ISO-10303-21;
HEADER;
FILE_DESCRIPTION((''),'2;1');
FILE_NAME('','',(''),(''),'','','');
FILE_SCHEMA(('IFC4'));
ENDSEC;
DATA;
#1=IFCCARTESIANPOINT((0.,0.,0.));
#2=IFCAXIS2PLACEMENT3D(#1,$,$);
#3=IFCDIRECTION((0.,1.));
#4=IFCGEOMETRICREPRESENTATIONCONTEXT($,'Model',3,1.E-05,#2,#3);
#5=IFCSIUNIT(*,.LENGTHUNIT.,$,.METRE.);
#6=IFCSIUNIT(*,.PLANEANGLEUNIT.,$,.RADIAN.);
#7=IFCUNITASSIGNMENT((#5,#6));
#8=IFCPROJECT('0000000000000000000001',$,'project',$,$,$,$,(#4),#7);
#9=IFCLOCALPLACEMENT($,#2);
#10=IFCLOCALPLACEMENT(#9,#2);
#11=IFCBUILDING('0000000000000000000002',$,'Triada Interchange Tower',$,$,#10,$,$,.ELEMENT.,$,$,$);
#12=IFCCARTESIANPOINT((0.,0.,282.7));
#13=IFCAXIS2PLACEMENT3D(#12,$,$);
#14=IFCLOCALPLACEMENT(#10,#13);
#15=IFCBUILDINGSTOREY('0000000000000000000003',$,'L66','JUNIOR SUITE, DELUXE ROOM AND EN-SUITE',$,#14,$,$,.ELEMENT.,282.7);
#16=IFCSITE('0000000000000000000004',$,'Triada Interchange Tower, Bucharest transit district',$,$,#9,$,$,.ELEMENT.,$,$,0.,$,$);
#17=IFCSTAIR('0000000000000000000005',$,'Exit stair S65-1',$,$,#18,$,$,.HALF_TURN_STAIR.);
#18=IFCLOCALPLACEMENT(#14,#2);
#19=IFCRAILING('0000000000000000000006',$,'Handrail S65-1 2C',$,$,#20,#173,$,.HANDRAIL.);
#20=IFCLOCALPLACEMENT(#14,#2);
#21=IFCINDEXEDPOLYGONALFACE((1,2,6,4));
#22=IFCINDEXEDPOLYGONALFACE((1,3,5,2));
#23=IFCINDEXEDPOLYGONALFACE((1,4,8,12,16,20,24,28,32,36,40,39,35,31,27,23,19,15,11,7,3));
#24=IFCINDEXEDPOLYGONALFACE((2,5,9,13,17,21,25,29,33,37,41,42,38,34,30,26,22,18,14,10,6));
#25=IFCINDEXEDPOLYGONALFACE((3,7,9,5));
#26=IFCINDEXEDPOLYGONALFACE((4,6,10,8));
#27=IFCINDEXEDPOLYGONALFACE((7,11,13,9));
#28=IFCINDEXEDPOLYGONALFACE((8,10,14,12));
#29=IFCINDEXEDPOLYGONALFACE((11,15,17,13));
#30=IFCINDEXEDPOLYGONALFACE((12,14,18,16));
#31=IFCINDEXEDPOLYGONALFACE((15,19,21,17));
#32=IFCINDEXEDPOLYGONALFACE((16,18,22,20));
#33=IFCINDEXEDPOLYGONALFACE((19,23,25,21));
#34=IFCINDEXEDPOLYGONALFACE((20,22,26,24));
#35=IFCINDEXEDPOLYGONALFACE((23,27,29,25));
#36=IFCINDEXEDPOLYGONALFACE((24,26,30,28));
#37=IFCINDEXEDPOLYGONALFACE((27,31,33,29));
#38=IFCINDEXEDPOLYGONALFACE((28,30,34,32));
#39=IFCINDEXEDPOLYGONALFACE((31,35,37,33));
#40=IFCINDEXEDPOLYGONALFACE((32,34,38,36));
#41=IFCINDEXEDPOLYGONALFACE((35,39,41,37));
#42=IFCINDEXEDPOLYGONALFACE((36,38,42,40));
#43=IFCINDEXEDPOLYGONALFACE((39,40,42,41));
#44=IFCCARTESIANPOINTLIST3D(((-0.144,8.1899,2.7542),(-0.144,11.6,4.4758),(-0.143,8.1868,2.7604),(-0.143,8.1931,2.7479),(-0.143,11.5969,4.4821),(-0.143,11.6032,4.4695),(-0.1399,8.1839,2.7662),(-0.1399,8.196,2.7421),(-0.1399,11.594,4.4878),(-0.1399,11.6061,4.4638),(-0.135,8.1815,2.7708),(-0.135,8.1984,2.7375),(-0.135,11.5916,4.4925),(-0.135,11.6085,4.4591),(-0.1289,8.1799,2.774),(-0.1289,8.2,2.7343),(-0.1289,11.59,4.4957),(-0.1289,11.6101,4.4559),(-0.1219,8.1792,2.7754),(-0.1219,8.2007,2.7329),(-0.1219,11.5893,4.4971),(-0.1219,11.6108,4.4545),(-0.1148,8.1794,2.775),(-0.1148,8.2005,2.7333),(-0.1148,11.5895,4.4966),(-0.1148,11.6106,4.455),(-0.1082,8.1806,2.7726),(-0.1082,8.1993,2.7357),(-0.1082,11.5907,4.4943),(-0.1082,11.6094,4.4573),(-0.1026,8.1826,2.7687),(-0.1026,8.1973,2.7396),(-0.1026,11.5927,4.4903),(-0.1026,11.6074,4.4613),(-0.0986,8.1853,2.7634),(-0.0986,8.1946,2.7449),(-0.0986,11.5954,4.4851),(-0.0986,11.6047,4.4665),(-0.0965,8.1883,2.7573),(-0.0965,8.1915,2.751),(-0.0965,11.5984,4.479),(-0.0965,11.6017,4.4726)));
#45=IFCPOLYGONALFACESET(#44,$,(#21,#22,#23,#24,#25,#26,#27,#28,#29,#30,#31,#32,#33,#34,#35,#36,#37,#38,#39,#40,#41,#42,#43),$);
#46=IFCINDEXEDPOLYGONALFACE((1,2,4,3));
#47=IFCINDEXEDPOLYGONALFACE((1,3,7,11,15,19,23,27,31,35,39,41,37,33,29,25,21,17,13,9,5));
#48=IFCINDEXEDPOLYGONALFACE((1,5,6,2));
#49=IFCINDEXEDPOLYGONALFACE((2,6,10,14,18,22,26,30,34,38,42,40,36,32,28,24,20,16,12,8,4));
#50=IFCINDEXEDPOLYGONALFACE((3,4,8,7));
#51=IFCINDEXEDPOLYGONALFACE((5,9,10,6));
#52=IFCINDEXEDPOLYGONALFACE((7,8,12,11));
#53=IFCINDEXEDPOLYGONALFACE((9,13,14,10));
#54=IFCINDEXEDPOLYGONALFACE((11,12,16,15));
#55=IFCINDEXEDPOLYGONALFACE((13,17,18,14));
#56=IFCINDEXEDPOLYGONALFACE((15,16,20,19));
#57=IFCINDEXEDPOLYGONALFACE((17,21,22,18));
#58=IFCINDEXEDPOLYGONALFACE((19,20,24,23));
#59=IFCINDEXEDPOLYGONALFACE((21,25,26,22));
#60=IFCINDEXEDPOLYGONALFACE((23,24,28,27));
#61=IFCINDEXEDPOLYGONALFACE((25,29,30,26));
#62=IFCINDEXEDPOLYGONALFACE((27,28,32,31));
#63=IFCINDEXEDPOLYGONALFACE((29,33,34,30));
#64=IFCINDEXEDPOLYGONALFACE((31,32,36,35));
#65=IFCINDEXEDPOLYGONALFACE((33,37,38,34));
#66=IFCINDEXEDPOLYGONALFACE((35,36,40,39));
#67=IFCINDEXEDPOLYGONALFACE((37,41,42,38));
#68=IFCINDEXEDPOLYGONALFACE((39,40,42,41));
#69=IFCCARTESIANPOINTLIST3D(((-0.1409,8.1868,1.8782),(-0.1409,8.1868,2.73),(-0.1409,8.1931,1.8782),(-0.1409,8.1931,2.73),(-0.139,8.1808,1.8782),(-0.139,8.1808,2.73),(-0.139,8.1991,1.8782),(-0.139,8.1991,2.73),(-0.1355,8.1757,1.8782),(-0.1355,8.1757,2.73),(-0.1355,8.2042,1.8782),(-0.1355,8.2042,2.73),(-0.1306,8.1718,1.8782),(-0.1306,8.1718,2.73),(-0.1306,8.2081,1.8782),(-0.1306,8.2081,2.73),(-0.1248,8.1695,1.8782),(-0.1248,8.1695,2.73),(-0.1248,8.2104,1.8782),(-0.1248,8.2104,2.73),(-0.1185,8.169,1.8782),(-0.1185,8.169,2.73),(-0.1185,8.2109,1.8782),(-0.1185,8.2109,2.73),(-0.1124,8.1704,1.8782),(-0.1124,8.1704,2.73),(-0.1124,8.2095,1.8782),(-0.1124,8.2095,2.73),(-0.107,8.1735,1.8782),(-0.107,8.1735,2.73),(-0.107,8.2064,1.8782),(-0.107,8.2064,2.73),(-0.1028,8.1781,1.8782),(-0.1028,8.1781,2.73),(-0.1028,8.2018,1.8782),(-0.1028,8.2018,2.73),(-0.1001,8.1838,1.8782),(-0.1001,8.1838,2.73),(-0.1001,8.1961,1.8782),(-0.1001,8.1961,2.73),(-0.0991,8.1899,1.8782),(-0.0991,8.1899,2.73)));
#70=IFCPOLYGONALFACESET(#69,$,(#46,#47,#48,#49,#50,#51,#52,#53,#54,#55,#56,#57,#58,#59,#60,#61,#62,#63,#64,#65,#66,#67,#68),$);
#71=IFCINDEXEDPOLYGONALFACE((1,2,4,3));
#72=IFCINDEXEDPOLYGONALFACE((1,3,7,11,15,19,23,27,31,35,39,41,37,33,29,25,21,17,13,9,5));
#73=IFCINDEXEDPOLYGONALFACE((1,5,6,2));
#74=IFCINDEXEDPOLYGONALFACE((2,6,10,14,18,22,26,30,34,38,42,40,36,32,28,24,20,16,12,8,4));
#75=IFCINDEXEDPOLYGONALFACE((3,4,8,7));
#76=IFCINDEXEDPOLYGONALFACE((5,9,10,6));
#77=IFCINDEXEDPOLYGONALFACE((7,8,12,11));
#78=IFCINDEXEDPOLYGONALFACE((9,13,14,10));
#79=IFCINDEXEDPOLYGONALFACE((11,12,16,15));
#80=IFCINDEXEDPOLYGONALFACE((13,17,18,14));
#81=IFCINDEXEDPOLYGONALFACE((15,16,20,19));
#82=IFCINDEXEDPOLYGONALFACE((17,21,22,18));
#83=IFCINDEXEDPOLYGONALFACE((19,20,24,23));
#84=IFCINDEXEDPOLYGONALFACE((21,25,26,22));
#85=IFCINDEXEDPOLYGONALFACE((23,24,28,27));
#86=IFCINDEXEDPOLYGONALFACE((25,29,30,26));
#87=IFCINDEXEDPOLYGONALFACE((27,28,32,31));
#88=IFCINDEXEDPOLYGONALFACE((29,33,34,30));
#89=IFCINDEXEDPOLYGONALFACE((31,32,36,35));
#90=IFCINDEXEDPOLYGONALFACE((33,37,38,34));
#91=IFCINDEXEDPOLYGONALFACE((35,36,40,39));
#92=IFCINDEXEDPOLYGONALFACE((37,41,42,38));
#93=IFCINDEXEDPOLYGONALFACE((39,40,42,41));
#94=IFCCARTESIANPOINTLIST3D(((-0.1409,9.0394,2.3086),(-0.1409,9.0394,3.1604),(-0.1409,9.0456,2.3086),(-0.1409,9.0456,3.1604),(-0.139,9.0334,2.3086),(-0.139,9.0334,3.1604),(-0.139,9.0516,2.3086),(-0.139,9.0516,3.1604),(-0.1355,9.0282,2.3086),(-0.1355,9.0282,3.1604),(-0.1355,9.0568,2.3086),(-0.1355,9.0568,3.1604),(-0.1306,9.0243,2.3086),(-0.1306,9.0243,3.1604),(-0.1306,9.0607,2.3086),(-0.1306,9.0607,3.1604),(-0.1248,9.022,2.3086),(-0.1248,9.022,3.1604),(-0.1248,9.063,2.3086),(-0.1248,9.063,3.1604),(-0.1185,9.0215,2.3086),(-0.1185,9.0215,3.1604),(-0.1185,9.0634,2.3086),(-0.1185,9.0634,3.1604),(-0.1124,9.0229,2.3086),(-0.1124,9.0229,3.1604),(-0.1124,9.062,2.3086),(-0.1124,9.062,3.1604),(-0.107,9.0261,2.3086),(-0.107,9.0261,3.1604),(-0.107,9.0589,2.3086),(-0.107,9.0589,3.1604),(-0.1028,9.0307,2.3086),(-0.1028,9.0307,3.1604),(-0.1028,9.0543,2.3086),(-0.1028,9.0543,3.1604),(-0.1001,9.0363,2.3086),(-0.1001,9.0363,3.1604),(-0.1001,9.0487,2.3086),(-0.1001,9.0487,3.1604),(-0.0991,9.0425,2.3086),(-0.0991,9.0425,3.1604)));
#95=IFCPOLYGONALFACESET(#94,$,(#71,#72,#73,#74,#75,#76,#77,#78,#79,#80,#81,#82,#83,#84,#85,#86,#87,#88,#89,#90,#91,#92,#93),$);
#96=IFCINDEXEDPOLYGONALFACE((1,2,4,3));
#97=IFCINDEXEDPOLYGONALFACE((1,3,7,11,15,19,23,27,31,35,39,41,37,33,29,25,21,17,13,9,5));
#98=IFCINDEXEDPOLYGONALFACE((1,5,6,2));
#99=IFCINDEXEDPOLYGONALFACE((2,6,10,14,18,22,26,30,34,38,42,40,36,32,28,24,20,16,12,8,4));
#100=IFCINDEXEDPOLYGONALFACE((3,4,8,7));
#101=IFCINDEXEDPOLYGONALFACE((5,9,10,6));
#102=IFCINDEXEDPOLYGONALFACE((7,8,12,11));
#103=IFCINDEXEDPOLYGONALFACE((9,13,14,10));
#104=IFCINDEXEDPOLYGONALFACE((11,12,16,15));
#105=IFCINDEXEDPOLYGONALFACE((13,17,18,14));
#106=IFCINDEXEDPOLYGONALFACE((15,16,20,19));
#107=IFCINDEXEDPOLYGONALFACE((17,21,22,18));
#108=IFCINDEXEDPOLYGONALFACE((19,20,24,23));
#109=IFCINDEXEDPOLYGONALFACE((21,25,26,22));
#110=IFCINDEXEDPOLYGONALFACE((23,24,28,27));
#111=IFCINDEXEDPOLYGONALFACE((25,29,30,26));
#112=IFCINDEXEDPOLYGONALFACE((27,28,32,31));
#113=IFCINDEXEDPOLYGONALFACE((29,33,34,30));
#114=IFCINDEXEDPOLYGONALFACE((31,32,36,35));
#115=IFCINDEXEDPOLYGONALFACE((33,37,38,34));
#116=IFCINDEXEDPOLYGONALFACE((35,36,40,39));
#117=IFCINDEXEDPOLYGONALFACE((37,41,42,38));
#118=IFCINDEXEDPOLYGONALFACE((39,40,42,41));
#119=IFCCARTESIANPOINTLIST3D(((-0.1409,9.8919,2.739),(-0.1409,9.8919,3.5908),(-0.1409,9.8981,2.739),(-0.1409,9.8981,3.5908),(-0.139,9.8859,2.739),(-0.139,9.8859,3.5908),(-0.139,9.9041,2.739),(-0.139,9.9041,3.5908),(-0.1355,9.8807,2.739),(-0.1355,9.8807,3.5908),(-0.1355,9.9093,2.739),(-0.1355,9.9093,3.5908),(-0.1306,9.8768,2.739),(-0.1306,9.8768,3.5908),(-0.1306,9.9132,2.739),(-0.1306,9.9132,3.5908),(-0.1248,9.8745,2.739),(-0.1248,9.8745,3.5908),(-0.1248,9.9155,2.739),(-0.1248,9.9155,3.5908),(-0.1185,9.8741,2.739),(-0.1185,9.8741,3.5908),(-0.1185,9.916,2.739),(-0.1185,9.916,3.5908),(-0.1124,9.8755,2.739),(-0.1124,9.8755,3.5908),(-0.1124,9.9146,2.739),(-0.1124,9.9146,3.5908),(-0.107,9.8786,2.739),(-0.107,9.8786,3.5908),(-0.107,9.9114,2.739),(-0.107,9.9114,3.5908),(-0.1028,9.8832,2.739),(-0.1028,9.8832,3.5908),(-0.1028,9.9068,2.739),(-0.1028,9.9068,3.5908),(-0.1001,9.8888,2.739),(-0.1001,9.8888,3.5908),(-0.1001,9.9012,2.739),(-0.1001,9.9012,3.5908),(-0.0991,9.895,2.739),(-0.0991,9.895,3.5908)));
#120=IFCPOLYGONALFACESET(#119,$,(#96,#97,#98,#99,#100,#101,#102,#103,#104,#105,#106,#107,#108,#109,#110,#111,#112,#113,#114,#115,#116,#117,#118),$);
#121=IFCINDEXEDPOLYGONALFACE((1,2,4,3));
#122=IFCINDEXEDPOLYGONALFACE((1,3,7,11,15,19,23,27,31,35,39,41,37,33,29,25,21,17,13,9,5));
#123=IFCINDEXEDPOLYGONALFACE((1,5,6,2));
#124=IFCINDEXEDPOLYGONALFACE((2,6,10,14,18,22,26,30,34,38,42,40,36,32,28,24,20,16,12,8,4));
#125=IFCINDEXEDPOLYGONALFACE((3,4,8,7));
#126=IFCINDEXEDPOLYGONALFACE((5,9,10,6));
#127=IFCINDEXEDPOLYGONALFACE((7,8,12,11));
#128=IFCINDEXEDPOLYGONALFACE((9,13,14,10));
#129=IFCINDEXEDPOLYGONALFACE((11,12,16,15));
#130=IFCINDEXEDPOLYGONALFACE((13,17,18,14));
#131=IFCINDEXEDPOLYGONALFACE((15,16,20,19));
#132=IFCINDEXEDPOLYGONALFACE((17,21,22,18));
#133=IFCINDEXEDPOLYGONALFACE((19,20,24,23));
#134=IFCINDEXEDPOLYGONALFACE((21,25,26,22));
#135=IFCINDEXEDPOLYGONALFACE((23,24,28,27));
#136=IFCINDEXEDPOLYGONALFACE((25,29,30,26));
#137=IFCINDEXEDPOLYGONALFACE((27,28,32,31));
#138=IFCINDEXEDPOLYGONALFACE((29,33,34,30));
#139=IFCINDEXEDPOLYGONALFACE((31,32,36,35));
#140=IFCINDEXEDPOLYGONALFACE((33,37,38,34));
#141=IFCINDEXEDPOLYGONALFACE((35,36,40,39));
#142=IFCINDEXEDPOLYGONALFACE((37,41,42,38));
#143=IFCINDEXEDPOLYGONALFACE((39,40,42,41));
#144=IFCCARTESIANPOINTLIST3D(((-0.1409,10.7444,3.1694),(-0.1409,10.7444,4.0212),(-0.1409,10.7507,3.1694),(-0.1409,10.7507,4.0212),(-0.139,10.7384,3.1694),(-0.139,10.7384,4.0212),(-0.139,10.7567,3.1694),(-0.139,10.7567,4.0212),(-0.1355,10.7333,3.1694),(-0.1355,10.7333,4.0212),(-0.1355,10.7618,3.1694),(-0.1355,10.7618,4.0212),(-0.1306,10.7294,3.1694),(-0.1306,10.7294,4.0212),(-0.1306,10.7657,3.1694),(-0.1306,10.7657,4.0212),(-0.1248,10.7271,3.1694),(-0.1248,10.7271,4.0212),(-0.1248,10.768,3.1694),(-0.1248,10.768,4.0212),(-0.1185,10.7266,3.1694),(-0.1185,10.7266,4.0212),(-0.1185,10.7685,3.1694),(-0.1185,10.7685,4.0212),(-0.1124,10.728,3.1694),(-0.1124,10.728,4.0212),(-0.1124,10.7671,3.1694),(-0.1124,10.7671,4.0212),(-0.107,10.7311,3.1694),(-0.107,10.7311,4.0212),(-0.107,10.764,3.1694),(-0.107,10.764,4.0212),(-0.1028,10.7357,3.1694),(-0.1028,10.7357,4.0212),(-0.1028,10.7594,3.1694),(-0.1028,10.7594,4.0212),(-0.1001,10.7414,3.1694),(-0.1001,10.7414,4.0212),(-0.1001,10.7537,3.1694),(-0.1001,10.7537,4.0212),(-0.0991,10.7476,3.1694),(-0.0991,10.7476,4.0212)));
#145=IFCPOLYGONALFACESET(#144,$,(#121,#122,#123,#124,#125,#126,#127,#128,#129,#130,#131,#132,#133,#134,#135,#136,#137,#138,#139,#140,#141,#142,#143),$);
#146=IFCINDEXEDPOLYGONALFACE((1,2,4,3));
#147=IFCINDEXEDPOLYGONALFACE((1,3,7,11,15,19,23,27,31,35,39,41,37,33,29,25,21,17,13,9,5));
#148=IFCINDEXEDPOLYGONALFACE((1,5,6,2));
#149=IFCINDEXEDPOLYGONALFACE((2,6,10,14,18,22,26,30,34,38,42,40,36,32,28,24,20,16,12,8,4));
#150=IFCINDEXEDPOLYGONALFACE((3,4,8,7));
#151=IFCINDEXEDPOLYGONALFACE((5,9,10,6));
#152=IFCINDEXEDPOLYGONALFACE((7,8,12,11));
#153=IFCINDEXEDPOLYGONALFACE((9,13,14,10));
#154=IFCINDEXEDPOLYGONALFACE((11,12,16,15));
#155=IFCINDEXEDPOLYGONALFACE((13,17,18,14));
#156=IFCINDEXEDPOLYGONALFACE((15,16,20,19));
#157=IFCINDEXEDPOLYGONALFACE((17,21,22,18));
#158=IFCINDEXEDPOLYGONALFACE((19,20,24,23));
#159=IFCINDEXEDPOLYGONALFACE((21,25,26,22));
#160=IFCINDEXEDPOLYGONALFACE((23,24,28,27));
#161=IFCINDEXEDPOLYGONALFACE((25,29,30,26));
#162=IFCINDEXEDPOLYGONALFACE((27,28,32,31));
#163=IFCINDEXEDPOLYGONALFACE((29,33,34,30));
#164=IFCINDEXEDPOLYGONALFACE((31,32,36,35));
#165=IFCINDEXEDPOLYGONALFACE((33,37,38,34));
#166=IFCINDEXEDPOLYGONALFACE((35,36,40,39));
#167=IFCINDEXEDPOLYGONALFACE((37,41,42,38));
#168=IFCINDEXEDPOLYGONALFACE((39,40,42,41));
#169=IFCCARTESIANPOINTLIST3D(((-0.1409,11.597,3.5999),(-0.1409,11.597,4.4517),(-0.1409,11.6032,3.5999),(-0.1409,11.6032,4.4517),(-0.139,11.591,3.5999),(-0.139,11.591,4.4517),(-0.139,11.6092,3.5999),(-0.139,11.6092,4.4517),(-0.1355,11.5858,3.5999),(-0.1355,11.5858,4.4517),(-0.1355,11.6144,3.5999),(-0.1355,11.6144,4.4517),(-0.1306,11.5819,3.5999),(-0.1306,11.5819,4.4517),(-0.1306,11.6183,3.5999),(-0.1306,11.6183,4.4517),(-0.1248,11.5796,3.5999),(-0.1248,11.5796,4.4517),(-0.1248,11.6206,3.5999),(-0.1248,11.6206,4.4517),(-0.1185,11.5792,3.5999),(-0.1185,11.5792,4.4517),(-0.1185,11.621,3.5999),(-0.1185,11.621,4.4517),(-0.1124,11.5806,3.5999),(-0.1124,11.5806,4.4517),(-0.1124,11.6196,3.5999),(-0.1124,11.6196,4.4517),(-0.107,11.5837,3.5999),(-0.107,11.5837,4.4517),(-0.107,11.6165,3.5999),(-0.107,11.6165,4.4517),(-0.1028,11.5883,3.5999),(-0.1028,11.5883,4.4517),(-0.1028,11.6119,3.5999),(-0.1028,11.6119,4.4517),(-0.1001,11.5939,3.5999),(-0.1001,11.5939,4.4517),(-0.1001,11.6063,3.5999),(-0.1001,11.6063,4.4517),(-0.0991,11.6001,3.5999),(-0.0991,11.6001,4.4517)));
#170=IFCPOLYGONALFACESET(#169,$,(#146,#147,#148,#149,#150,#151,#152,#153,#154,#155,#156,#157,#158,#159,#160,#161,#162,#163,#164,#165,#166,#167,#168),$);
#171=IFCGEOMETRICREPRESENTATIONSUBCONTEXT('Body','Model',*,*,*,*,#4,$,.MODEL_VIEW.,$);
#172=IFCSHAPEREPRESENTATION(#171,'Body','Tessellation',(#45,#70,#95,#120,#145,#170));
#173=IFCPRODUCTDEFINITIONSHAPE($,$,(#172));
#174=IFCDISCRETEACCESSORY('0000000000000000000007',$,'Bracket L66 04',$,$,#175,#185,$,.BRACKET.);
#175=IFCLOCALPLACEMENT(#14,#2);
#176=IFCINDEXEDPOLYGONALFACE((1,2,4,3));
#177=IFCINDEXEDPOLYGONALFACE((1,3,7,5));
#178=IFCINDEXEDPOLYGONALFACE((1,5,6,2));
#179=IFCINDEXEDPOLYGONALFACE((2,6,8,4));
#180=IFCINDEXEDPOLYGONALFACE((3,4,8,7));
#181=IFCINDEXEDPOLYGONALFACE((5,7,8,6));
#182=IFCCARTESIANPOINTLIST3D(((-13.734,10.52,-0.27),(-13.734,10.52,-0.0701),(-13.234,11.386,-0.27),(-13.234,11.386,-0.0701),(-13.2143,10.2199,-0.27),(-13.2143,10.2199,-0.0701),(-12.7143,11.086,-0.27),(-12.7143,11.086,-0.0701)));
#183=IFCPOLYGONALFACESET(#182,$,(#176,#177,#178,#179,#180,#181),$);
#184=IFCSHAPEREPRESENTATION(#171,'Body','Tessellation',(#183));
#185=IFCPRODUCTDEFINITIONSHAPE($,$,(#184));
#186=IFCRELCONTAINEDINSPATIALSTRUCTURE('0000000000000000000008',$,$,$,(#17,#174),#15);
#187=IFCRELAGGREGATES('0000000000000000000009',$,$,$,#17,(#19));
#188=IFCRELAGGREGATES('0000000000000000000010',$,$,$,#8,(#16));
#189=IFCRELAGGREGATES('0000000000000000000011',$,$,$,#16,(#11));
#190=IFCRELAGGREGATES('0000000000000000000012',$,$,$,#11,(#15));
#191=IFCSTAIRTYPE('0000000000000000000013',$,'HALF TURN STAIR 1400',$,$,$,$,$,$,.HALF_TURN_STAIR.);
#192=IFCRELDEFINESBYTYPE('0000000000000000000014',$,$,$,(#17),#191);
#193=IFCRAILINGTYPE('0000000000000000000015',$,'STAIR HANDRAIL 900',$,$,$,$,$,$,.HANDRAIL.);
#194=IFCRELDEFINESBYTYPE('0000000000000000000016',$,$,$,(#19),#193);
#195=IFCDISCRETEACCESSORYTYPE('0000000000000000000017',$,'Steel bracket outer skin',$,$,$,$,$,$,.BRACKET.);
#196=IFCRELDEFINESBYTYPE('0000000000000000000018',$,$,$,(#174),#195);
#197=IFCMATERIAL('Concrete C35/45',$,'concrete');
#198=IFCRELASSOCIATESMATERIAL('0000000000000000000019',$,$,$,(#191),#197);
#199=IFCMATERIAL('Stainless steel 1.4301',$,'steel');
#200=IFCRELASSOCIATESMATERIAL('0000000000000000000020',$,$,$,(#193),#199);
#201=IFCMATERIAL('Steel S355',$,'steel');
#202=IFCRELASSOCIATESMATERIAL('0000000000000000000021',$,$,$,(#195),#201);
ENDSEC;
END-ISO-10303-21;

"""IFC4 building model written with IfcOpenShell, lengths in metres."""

from ifc_helpers import new_model, si_unit, direction, frame, origin, origin_2d, place, context, subcontext, project, spatial, rectangle, circle, extrude, material, type_object, element, aggregate, save


model = new_model("IFC4")

# Units and contexts
model_context = context("Model", 3, precision=1e-05, world=origin(), true_north=direction((0.0, 1.0)))
body_context = subcontext(model_context, "Body", "Model", "MODEL_VIEW")
ifc_project = project(units=[si_unit("LENGTHUNIT", "METRE"), si_unit("PLANEANGLEUNIT", "RADIAN")], contexts=[model_context])

# Site, building, storey
site_placement = place(None, origin())
site = spatial("IfcSite", under=ifc_project, at=site_placement, Name="Triada Interchange Tower, Bucharest transit district", CompositionType="ELEMENT", RefElevation=0.0)
building_placement = place(site_placement, origin())
building = spatial("IfcBuilding", under=site, at=building_placement, Name="Triada Interchange Tower", CompositionType="ELEMENT")
storey_placement = place(building_placement, frame((0.0, 0.0, 282.7)))
storey = spatial("IfcBuildingStorey", under=building, at=storey_placement, Name="L66", Description="JUNIOR SUITE, DELUXE ROOM AND EN-SUITE", CompositionType="ELEMENT", Elevation=282.7)

# Stair
ifc_material_1 = material(Name="Concrete C35/45", Category="concrete")
stair_type = type_object("IfcStairType", Name="HALF TURN STAIR 1400", PredefinedType="HALF_TURN_STAIR", material=ifc_material_1)
stair_placement = place(storey_placement, origin())
stair = element("IfcStair", 1, at=stair_placement, inside=storey, type_object=stair_type, Name="Exit stair S65-1", PredefinedType="HALF_TURN_STAIR")

# Railing
ifc_material_2 = material(Name="Stainless steel 1.4301", Category="steel")
railing_type = type_object("IfcRailingType", Name="STAIR HANDRAIL 900", PredefinedType="HANDRAIL", material=ifc_material_2)
railing_1_placement = place(storey_placement, frame((-0.1201, 8.1899, 1.8782)))
railing_1 = element("IfcRailing", 2, at=railing_1_placement, type_object=railing_type, Name="Handrail S65-1 2C", PredefinedType="HANDRAIL", context=body_context, shape_type="SweptSolid", body=[
    extrude(circle(Radius=0.0239, at=origin_2d()), frame((0.0, 0.0, 0.876), z_axis=(0.0, 0.892682, 0.450687), x_axis=(-1.0, 0.0, 0.0)), (0.0, 0.0, 1.0), 3.8201),
    extrude(circle(Radius=0.021, at=origin_2d()), origin(), (0.0, 0.0, 1.0), 0.8518),
    extrude(circle(Radius=0.021, at=origin_2d()), frame((0.0, 0.8525, 0.4304)), (0.0, 0.0, 1.0), 0.8518),
    extrude(circle(Radius=0.021, at=origin_2d()), frame((0.0, 1.7051, 0.8608)), (0.0, 0.0, 1.0), 0.8518),
    extrude(circle(Radius=0.021, at=origin_2d()), frame((0.0, 2.5576, 1.2913)), (0.0, 0.0, 1.0), 0.8518),
    extrude(circle(Radius=0.021, at=origin_2d()), frame((0.0, 3.4102, 1.7217)), (0.0, 0.0, 1.0), 0.8518),
])
aggregate(stair, [railing_1])

# Discrete accessory
ifc_material_3 = material(Name="Steel S355", Category="steel")
discrete_accessory_type = type_object("IfcDiscreteAccessoryType", Name="Steel bracket outer skin", PredefinedType="BRACKET", material=ifc_material_3)
discrete_accessory_placement = place(storey_placement, frame((-13.2241, 10.803, -0.27), z_axis=(0.0, 0.0, 1.0), x_axis=(-0.866024, 0.500002, 0.0)))
element("IfcDiscreteAccessory", 3, at=discrete_accessory_placement, inside=storey, type_object=discrete_accessory_type, Name="Bracket L66 04", PredefinedType="BRACKET", context=body_context, shape_type="SweptSolid", body=[
    extrude(rectangle(XDim=0.6001, YDim=1.0, at=origin_2d()), origin(), (0.0, 0.0, 1.0), 0.2),
])

save(model, "model.ifc")
